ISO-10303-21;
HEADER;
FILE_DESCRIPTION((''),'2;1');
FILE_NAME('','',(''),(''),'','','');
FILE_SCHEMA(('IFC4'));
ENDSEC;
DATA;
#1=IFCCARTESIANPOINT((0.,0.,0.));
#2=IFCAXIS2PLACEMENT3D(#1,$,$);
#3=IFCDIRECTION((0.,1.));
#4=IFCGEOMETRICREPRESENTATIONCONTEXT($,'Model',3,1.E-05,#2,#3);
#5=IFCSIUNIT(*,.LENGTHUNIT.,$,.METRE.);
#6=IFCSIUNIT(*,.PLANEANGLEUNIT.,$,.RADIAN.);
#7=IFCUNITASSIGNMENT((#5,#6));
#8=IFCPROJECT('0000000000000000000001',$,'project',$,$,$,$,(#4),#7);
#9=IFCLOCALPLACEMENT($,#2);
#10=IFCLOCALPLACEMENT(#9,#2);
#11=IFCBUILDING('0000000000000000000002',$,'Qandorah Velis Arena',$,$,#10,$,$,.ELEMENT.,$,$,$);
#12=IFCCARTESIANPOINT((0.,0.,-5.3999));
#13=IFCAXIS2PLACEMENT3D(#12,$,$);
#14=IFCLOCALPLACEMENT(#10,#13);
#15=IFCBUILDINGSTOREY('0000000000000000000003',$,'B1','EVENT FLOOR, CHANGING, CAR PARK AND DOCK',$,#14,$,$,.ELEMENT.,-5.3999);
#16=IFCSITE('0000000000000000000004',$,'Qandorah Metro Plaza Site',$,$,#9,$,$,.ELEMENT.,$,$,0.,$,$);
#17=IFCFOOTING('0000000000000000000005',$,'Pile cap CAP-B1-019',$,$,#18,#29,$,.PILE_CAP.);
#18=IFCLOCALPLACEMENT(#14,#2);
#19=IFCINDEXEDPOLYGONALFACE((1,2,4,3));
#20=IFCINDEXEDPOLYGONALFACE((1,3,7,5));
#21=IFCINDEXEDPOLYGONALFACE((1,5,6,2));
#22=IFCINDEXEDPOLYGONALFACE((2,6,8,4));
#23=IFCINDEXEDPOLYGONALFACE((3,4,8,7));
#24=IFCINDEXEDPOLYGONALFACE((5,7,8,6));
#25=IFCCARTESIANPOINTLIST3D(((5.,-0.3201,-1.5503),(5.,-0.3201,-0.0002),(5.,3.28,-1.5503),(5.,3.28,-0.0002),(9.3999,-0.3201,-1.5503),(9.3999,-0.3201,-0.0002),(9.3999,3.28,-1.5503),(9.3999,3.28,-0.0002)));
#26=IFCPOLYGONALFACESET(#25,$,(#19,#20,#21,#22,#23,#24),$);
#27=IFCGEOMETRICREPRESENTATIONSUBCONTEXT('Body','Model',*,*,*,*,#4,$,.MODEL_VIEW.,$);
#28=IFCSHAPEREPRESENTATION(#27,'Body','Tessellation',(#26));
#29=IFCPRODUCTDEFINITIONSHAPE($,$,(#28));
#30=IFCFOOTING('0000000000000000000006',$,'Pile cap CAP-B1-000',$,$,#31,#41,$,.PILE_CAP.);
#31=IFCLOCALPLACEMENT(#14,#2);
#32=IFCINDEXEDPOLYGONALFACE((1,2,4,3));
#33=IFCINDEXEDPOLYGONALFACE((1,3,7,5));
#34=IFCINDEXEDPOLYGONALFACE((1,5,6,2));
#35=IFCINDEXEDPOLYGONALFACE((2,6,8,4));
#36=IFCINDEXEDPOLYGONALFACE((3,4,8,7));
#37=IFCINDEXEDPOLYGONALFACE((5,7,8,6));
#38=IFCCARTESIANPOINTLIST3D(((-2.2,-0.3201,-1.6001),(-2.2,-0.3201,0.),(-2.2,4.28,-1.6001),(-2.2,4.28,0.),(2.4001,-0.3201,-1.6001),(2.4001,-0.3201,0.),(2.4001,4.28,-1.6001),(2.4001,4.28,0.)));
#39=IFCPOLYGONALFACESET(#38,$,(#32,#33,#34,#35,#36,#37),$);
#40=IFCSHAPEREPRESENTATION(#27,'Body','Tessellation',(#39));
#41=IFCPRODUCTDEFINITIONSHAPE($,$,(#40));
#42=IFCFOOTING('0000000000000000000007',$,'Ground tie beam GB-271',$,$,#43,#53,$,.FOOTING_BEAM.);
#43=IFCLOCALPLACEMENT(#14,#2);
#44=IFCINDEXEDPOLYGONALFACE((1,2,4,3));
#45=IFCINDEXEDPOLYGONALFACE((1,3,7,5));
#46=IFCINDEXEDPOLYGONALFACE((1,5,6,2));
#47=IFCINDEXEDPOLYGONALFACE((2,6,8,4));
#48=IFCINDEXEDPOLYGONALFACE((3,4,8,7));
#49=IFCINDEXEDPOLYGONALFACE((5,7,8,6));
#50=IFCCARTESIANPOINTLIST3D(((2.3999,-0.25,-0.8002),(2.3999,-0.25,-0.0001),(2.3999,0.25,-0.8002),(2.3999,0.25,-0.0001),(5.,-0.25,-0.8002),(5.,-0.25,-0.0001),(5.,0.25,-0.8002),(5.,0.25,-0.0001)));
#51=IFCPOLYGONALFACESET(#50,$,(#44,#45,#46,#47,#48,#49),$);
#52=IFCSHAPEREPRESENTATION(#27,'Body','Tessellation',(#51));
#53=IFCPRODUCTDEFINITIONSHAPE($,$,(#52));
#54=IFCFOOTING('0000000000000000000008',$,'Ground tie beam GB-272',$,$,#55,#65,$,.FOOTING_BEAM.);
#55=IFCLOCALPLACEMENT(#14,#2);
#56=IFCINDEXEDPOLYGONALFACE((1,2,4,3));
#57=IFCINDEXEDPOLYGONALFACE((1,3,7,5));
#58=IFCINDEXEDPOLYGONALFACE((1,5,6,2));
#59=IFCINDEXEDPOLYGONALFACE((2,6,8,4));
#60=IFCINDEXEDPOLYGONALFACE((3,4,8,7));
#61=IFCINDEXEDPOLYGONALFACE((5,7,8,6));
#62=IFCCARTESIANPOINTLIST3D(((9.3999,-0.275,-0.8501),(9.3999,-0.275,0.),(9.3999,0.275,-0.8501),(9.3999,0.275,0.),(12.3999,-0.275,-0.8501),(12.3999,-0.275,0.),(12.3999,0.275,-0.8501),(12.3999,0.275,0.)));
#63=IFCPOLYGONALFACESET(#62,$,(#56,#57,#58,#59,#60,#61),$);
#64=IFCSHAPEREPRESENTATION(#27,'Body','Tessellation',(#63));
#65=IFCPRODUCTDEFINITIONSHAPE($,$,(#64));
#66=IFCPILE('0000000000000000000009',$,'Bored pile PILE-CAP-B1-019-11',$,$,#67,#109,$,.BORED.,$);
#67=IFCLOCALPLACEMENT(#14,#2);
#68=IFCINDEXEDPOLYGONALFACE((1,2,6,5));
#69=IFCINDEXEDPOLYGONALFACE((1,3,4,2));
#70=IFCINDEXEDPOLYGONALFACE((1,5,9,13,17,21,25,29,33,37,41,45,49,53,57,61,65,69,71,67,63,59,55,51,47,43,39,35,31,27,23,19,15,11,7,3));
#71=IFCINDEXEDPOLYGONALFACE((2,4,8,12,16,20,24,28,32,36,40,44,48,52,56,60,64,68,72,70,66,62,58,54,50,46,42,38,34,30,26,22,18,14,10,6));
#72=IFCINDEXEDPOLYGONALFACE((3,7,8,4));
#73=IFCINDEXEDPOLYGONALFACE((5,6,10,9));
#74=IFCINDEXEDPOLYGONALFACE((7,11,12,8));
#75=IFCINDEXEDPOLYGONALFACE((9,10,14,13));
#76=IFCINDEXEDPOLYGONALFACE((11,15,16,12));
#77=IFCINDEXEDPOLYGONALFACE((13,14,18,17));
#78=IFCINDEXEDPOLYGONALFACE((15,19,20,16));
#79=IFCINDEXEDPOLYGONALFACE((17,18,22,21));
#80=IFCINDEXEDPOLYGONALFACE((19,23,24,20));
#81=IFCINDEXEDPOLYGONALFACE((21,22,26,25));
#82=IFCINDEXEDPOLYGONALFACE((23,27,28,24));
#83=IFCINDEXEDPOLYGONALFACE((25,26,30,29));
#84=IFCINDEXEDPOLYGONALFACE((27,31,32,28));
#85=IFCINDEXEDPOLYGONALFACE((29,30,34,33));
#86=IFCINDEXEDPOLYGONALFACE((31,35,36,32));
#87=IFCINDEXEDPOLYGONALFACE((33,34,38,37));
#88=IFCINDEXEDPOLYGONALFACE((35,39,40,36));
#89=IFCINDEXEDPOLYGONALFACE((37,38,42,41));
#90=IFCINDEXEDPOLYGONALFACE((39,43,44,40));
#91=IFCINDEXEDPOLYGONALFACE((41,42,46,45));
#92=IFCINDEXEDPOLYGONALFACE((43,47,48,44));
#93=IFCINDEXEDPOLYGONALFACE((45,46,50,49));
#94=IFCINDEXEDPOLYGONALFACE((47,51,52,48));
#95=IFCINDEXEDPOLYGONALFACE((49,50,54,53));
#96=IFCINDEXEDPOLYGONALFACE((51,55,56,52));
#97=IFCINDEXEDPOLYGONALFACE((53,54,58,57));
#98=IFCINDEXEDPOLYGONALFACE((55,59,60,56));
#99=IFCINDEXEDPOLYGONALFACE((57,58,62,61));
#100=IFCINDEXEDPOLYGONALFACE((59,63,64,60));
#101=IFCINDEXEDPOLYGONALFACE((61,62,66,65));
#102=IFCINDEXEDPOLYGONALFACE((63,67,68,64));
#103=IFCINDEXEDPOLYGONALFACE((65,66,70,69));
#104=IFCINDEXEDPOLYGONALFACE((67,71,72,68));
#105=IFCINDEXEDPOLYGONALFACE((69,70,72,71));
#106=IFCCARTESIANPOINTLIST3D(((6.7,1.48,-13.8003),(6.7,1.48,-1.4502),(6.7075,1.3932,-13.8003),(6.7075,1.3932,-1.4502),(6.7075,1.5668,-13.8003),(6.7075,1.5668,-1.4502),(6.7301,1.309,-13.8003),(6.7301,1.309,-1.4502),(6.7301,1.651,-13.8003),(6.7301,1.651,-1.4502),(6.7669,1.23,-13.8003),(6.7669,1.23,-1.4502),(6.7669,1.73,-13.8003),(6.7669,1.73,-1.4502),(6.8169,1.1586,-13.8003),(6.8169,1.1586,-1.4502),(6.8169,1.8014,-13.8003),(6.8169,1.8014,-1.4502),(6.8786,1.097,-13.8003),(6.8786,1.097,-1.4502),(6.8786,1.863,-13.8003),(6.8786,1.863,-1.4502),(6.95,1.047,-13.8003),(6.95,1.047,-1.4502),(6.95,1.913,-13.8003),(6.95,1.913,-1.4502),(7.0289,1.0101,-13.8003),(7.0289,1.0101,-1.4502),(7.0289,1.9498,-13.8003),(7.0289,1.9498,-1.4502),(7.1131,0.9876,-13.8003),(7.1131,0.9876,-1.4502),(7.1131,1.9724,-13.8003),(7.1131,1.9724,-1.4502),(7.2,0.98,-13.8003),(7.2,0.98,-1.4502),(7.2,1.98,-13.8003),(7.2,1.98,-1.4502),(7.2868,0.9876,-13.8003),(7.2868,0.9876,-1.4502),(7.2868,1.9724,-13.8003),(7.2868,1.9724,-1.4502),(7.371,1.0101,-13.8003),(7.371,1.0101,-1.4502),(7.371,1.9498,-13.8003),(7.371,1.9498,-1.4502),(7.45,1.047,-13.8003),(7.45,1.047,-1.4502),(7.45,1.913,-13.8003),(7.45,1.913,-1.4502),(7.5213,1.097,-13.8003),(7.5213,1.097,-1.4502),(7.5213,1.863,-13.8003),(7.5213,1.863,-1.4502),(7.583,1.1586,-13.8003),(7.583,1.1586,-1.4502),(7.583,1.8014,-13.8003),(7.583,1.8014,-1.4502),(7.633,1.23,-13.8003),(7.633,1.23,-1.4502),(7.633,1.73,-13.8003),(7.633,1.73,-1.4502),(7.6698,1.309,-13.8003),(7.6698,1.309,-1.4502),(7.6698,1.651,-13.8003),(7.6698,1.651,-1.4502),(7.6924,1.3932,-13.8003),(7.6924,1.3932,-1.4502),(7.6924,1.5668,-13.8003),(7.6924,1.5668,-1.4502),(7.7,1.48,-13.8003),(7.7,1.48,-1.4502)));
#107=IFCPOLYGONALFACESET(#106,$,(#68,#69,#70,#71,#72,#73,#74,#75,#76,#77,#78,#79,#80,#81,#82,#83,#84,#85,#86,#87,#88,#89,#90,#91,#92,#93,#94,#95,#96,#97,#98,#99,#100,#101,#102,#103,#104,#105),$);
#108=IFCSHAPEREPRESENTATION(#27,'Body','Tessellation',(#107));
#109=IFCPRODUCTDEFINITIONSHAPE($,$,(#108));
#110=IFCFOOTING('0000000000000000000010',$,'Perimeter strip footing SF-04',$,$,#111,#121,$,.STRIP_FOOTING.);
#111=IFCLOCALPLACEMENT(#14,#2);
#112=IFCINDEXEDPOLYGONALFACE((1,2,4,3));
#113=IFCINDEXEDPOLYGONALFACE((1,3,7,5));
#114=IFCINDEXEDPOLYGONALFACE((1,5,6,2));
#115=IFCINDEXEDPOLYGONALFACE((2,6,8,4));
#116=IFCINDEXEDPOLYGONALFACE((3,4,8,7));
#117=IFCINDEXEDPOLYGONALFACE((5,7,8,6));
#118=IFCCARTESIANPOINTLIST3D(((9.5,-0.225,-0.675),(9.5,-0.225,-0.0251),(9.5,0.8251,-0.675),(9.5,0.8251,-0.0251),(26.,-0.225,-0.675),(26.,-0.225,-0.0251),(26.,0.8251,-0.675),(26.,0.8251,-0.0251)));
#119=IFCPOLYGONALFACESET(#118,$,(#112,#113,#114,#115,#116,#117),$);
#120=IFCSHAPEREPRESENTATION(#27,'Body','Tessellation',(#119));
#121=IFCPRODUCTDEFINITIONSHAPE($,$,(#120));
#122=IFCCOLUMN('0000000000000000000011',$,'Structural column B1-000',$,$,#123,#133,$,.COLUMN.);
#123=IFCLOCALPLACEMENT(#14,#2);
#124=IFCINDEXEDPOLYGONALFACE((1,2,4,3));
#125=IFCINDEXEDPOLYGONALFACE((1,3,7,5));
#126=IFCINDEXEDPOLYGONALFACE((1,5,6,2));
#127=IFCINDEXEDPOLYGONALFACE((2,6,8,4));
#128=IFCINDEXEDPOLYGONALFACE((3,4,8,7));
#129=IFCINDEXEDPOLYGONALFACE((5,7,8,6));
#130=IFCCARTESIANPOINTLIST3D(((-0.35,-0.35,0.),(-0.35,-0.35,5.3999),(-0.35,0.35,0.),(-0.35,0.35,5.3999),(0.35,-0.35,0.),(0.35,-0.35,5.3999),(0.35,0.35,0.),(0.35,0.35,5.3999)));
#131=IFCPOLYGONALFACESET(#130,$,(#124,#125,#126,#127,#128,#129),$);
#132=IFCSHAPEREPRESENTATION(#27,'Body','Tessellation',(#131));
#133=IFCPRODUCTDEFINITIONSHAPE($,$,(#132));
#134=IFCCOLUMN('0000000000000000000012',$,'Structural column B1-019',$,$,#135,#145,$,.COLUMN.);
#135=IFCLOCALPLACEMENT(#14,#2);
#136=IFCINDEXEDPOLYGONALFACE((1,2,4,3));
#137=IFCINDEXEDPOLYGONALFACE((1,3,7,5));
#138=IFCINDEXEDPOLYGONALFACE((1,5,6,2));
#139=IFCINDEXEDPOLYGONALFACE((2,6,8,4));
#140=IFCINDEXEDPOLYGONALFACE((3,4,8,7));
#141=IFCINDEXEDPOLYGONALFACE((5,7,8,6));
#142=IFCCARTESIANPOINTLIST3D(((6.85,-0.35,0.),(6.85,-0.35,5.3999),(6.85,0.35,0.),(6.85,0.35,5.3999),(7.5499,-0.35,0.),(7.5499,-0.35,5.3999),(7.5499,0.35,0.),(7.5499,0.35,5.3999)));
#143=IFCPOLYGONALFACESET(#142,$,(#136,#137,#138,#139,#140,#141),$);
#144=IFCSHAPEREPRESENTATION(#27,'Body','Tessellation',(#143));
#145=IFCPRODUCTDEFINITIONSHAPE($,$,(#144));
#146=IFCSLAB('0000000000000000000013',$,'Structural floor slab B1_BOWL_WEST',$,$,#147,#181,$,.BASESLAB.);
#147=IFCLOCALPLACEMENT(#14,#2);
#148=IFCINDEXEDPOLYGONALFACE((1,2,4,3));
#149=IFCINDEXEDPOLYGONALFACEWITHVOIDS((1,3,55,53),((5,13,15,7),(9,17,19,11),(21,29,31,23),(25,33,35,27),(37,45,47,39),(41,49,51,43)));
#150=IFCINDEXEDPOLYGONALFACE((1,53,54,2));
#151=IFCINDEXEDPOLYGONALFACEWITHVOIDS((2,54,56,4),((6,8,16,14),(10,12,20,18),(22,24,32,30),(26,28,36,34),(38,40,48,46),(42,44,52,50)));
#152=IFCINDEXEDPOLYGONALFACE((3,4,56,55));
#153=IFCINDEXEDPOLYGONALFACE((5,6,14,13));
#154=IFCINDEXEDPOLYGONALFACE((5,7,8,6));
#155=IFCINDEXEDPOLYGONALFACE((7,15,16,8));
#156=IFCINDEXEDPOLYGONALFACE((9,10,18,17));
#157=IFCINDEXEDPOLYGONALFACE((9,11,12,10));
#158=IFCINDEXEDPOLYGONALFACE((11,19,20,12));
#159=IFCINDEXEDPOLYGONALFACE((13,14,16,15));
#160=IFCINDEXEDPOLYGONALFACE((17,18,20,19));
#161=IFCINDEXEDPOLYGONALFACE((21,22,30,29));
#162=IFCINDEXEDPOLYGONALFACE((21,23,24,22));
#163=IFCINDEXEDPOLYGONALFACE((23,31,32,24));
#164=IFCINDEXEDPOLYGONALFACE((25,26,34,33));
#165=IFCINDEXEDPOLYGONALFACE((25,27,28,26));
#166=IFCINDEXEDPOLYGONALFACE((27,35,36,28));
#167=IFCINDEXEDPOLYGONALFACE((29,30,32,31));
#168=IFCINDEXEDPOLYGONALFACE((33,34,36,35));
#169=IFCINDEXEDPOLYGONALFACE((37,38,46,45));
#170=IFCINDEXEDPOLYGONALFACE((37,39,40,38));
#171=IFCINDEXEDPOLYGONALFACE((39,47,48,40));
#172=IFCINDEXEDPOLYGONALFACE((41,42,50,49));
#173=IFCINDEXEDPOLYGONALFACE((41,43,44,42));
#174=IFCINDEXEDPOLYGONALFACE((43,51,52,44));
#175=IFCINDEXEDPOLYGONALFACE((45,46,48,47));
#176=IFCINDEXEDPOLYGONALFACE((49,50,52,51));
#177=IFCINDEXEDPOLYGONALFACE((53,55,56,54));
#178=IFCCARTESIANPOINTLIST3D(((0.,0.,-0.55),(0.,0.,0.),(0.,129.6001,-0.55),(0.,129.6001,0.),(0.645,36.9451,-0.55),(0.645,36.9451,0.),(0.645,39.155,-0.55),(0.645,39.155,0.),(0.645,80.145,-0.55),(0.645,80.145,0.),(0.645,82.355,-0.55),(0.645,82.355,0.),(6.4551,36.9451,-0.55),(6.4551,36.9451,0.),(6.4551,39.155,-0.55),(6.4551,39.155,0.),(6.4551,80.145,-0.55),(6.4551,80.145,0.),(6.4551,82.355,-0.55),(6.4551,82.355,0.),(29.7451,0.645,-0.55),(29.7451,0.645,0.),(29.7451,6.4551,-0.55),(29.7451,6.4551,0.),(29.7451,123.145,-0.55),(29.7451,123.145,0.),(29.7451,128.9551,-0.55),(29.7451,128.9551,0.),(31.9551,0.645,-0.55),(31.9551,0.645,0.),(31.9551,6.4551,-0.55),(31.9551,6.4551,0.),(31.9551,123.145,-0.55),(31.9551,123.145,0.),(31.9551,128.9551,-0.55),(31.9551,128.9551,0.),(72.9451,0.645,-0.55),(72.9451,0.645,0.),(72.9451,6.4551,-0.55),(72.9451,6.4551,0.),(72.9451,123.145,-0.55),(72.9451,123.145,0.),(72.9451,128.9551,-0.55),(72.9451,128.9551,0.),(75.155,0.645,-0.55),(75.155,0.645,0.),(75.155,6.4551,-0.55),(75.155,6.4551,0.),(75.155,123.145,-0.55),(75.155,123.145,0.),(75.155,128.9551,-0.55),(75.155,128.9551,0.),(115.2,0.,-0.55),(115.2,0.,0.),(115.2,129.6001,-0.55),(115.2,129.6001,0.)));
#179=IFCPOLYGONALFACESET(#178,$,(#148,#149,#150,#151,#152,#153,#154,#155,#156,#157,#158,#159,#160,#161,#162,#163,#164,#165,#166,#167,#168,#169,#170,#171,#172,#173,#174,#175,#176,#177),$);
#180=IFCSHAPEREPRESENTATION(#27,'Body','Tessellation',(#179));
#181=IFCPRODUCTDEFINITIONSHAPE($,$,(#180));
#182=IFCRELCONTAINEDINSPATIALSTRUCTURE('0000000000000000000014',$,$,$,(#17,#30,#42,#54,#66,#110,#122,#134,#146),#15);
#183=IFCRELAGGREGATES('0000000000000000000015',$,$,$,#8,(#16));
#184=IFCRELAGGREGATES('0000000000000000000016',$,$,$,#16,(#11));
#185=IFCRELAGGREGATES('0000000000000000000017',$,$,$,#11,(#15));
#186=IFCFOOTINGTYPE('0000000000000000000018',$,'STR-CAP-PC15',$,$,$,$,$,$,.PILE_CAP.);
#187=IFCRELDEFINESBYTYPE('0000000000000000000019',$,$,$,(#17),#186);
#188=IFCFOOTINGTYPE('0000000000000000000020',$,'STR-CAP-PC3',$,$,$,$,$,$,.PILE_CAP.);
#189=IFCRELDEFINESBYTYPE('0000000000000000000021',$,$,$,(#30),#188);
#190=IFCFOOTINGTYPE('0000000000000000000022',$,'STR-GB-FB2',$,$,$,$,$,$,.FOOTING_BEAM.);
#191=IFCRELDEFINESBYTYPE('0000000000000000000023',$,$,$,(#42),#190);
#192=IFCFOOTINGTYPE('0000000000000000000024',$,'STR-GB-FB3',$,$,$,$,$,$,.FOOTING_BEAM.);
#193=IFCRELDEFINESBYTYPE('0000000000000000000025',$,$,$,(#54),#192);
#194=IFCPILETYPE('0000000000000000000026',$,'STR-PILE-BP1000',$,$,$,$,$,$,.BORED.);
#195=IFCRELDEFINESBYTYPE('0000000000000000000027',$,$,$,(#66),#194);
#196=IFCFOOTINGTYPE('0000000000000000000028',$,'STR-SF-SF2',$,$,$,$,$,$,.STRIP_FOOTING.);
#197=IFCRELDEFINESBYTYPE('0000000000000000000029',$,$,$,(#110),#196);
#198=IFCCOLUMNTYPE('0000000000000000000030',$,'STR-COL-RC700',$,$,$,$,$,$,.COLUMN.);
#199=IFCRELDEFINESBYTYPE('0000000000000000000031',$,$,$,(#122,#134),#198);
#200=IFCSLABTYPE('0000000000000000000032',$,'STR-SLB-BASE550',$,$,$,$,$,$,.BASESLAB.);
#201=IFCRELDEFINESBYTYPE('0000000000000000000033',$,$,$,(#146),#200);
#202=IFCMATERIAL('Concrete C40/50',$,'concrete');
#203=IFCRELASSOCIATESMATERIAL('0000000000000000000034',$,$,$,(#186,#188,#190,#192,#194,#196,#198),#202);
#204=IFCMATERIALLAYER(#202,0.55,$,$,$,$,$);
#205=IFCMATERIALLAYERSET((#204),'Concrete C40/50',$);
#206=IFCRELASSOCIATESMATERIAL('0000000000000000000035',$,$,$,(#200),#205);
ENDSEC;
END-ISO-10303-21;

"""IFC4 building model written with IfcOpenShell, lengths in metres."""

from ifc_helpers import new_model, si_unit, direction, frame, origin, origin_2d, place, context, subcontext, project, spatial, polyline, rectangle, circle, outline, extrude, material, layer, layer_set, material_profile, profile_set, type_object, element, save


model = new_model("IFC4")

# Units and contexts
model_context = context("Model", 3, precision=1e-05, world=origin(), true_north=direction((0.0, 1.0)))
body_context = subcontext(model_context, "Body", "Model", "MODEL_VIEW")
ifc_project = project(units=[si_unit("LENGTHUNIT", "METRE"), si_unit("PLANEANGLEUNIT", "RADIAN")], contexts=[model_context])

# Site, building, storey
site_placement = place(None, origin())
site = spatial("IfcSite", under=ifc_project, at=site_placement, Name="Qandorah Metro Plaza Site", CompositionType="ELEMENT", RefElevation=0.0)
building_placement = place(site_placement, origin())
building = spatial("IfcBuilding", under=site, at=building_placement, Name="Qandorah Velis Arena", CompositionType="ELEMENT")
storey_placement = place(building_placement, frame((0.0, 0.0, -5.3999)))
storey = spatial("IfcBuildingStorey", under=building, at=storey_placement, Name="B1", Description="EVENT FLOOR, CHANGING, CAR PARK AND DOCK", CompositionType="ELEMENT", Elevation=-5.3999)

# Footings
ifc_material = material(Name="Concrete C40/50", Category="concrete")
footing_type_1 = type_object("IfcFootingType", Name="STR-CAP-PC15", PredefinedType="PILE_CAP", material=ifc_material)
footing_1_placement = place(storey_placement, frame((7.2, 1.48, -1.5503), z_axis=(0.0, 0.0, 1.0), x_axis=(1.0, 0.0, 0.0)))
element("IfcFooting", 1, at=footing_1_placement, inside=storey, type_object=footing_type_1, Name="Pile cap CAP-B1-019", PredefinedType="PILE_CAP", context=body_context, shape_type="SweptSolid", body=[
    extrude(rectangle(XDim=4.3999, YDim=3.6001, at=origin_2d()), origin(), (0.0, 0.0, 1.0), 1.55),
])
footing_type_2 = type_object("IfcFootingType", Name="STR-CAP-PC3", PredefinedType="PILE_CAP", material=ifc_material)
footing_2_placement = place(storey_placement, frame((0.1001, 1.98, -1.6001), z_axis=(0.0, 0.0, 1.0), x_axis=(1.0, 0.0, 0.0)))
element("IfcFooting", 2, at=footing_2_placement, inside=storey, type_object=footing_type_2, Name="Pile cap CAP-B1-000", PredefinedType="PILE_CAP", context=body_context, shape_type="SweptSolid", body=[
    extrude(rectangle(XDim=4.6001, YDim=4.6001, at=origin_2d()), origin(), (0.0, 0.0, 1.0), 1.6001),
])
ifc_material_profile_1 = material_profile(ifc_material, rectangle(XDim=0.5, YDim=0.8, at=origin_2d()), Name="GB2 500x800")
ifc_profile_set_1 = profile_set([ifc_material_profile_1], Name="Concrete C40/50")
footing_type_3 = type_object("IfcFootingType", Name="STR-GB-FB2", PredefinedType="FOOTING_BEAM", material=ifc_profile_set_1)
footing_3_placement = place(storey_placement, frame((2.3999, 0.0, -0.4001), z_axis=(1.0, 0.0, 0.0), x_axis=(0.0, 1.0, 0.0)))
element("IfcFooting", 3, at=footing_3_placement, inside=storey, type_object=footing_type_3, Name="Ground tie beam GB-271", PredefinedType="FOOTING_BEAM", context=body_context, shape_type="SweptSolid", body=[
    extrude(rectangle(XDim=0.5, YDim=0.8, at=origin_2d()), origin(), (0.0, 0.0, 1.0), 2.6001),
])
ifc_material_profile_2 = material_profile(ifc_material, rectangle(XDim=0.55, YDim=0.8501, at=origin_2d()), Name="GB3 550x850")
ifc_profile_set_2 = profile_set([ifc_material_profile_2], Name="Concrete C40/50")
footing_type_4 = type_object("IfcFootingType", Name="STR-GB-FB3", PredefinedType="FOOTING_BEAM", material=ifc_profile_set_2)
footing_4_placement = place(storey_placement, frame((9.3999, 0.0, -0.425), z_axis=(1.0, 0.0, 0.0), x_axis=(0.0, 1.0, 0.0)))
element("IfcFooting", 4, at=footing_4_placement, inside=storey, type_object=footing_type_4, Name="Ground tie beam GB-272", PredefinedType="FOOTING_BEAM", context=body_context, shape_type="SweptSolid", body=[
    extrude(rectangle(XDim=0.55, YDim=0.8501, at=origin_2d()), origin(), (0.0, 0.0, 1.0), 3.0),
])

# Pile
ifc_material_profile_3 = material_profile(ifc_material, circle(Radius=0.5, at=origin_2d()), Name="BORED PILE D1000")
ifc_profile_set_3 = profile_set([ifc_material_profile_3], Name="Concrete C40/50")
pile_type = type_object("IfcPileType", Name="STR-PILE-BP1000", PredefinedType="BORED", material=ifc_profile_set_3)
pile_placement = place(storey_placement, frame((7.2, 1.48, -1.4502), z_axis=(0.0, 0.0, -1.0), x_axis=(1.0, 0.0, 0.0)))
element("IfcPile", 5, at=pile_placement, inside=storey, type_object=pile_type, Name="Bored pile PILE-CAP-B1-019-11", PredefinedType="BORED", context=body_context, shape_type="SweptSolid", body=[
    extrude(circle(Radius=0.5, at=origin_2d()), origin(), (0.0, 0.0, 1.0), 12.3501),
])

# Footing
ifc_material_profile_4 = material_profile(ifc_material, rectangle(XDim=1.05, YDim=0.6499, at=origin_2d()), Name="SF2 1050x650")
ifc_profile_set_4 = profile_set([ifc_material_profile_4], Name="Concrete C40/50")
footing_type_5 = type_object("IfcFootingType", Name="STR-SF-SF2", PredefinedType="STRIP_FOOTING", material=ifc_profile_set_4)
footing_5_placement = place(storey_placement, frame((9.5, 0.3, -0.3501), z_axis=(1.0, 0.0, 0.0), x_axis=(0.0, 1.0, 0.0)))
element("IfcFooting", 6, at=footing_5_placement, inside=storey, type_object=footing_type_5, Name="Perimeter strip footing SF-04", PredefinedType="STRIP_FOOTING", context=body_context, shape_type="SweptSolid", body=[
    extrude(rectangle(XDim=1.05, YDim=0.6499, at=origin_2d()), origin(), (0.0, 0.0, 1.0), 16.5),
])

# Columns
ifc_material_profile_5 = material_profile(ifc_material, rectangle(XDim=0.7, YDim=0.7, at=origin_2d()), Name="RC COL 700x700")
ifc_profile_set_5 = profile_set([ifc_material_profile_5], Name="Concrete C40/50")
column_type = type_object("IfcColumnType", Name="STR-COL-RC700", PredefinedType="COLUMN", material=ifc_profile_set_5)
for number, where, z_axis, x_axis, name in (
    (7, (0.0, 0.0, 0.0), (0.0, 0.0, 1.0), (1.0, 0.0, 0.0), "Structural column B1-000"),
    (8, (7.2, 0.0, 0.0), (0.0, 0.0, 1.0), (1.0, 0.0, 0.0), "Structural column B1-019"),
):
    element("IfcColumn", number, at=place(storey_placement, frame(where, z_axis=z_axis, x_axis=x_axis)), inside=storey, type_object=column_type, Name=name, PredefinedType="COLUMN", context=body_context, shape_type="SweptSolid", body=[
        extrude(rectangle(XDim=0.7, YDim=0.7, at=origin_2d()), origin(), (0.0, 0.0, 1.0), 5.3999),
    ])

# Slab
ifc_layer_1 = layer(ifc_material, 0.55)
ifc_layer_set_1 = layer_set([ifc_layer_1], Name="Concrete C40/50")
slab_type_1 = type_object("IfcSlabType", Name="STR-SLB-BASE550", PredefinedType="BASESLAB", material=ifc_layer_set_1)
slab_1_placement = place(storey_placement, frame((0.0, 0.0, -0.55)))
element("IfcSlab", 9, at=slab_1_placement, inside=storey, type_object=slab_type_1, Name="Structural floor slab B1_BOWL_WEST", PredefinedType="BASESLAB", context=body_context, shape_type="SweptSolid", body=[
    extrude(outline(polyline([(0.0, 129.6001), (115.2, 129.6001), (115.2, 0.0), (0.0, 0.0), (0.0, 129.6001)]), holes=[polyline([(29.7451, 6.4551), (29.7451, 0.645), (31.9551, 0.645), (31.9551, 6.4551), (29.7451, 6.4551)]), polyline([(75.155, 6.4551), (72.9451, 6.4551), (72.9451, 0.645), (75.155, 0.645), (75.155, 6.4551)]), polyline([(31.9551, 123.145), (31.9551, 128.9551), (29.7451, 128.9551), (29.7451, 123.145), (31.9551, 123.145)]), polyline([(72.9451, 123.145), (75.155, 123.145), (75.155, 128.9551), (72.9451, 128.9551), (72.9451, 123.145)]), polyline([(0.645, 39.155), (0.645, 36.9451), (6.4551, 36.9451), (6.4551, 39.155), (0.645, 39.155)]), polyline([(6.4551, 82.355), (0.645, 82.355), (0.645, 80.145), (6.4551, 80.145), (6.4551, 82.355)])]), origin(), (0.0, 0.0, 1.0), 0.55),
])

save(model, "model.ifc")
